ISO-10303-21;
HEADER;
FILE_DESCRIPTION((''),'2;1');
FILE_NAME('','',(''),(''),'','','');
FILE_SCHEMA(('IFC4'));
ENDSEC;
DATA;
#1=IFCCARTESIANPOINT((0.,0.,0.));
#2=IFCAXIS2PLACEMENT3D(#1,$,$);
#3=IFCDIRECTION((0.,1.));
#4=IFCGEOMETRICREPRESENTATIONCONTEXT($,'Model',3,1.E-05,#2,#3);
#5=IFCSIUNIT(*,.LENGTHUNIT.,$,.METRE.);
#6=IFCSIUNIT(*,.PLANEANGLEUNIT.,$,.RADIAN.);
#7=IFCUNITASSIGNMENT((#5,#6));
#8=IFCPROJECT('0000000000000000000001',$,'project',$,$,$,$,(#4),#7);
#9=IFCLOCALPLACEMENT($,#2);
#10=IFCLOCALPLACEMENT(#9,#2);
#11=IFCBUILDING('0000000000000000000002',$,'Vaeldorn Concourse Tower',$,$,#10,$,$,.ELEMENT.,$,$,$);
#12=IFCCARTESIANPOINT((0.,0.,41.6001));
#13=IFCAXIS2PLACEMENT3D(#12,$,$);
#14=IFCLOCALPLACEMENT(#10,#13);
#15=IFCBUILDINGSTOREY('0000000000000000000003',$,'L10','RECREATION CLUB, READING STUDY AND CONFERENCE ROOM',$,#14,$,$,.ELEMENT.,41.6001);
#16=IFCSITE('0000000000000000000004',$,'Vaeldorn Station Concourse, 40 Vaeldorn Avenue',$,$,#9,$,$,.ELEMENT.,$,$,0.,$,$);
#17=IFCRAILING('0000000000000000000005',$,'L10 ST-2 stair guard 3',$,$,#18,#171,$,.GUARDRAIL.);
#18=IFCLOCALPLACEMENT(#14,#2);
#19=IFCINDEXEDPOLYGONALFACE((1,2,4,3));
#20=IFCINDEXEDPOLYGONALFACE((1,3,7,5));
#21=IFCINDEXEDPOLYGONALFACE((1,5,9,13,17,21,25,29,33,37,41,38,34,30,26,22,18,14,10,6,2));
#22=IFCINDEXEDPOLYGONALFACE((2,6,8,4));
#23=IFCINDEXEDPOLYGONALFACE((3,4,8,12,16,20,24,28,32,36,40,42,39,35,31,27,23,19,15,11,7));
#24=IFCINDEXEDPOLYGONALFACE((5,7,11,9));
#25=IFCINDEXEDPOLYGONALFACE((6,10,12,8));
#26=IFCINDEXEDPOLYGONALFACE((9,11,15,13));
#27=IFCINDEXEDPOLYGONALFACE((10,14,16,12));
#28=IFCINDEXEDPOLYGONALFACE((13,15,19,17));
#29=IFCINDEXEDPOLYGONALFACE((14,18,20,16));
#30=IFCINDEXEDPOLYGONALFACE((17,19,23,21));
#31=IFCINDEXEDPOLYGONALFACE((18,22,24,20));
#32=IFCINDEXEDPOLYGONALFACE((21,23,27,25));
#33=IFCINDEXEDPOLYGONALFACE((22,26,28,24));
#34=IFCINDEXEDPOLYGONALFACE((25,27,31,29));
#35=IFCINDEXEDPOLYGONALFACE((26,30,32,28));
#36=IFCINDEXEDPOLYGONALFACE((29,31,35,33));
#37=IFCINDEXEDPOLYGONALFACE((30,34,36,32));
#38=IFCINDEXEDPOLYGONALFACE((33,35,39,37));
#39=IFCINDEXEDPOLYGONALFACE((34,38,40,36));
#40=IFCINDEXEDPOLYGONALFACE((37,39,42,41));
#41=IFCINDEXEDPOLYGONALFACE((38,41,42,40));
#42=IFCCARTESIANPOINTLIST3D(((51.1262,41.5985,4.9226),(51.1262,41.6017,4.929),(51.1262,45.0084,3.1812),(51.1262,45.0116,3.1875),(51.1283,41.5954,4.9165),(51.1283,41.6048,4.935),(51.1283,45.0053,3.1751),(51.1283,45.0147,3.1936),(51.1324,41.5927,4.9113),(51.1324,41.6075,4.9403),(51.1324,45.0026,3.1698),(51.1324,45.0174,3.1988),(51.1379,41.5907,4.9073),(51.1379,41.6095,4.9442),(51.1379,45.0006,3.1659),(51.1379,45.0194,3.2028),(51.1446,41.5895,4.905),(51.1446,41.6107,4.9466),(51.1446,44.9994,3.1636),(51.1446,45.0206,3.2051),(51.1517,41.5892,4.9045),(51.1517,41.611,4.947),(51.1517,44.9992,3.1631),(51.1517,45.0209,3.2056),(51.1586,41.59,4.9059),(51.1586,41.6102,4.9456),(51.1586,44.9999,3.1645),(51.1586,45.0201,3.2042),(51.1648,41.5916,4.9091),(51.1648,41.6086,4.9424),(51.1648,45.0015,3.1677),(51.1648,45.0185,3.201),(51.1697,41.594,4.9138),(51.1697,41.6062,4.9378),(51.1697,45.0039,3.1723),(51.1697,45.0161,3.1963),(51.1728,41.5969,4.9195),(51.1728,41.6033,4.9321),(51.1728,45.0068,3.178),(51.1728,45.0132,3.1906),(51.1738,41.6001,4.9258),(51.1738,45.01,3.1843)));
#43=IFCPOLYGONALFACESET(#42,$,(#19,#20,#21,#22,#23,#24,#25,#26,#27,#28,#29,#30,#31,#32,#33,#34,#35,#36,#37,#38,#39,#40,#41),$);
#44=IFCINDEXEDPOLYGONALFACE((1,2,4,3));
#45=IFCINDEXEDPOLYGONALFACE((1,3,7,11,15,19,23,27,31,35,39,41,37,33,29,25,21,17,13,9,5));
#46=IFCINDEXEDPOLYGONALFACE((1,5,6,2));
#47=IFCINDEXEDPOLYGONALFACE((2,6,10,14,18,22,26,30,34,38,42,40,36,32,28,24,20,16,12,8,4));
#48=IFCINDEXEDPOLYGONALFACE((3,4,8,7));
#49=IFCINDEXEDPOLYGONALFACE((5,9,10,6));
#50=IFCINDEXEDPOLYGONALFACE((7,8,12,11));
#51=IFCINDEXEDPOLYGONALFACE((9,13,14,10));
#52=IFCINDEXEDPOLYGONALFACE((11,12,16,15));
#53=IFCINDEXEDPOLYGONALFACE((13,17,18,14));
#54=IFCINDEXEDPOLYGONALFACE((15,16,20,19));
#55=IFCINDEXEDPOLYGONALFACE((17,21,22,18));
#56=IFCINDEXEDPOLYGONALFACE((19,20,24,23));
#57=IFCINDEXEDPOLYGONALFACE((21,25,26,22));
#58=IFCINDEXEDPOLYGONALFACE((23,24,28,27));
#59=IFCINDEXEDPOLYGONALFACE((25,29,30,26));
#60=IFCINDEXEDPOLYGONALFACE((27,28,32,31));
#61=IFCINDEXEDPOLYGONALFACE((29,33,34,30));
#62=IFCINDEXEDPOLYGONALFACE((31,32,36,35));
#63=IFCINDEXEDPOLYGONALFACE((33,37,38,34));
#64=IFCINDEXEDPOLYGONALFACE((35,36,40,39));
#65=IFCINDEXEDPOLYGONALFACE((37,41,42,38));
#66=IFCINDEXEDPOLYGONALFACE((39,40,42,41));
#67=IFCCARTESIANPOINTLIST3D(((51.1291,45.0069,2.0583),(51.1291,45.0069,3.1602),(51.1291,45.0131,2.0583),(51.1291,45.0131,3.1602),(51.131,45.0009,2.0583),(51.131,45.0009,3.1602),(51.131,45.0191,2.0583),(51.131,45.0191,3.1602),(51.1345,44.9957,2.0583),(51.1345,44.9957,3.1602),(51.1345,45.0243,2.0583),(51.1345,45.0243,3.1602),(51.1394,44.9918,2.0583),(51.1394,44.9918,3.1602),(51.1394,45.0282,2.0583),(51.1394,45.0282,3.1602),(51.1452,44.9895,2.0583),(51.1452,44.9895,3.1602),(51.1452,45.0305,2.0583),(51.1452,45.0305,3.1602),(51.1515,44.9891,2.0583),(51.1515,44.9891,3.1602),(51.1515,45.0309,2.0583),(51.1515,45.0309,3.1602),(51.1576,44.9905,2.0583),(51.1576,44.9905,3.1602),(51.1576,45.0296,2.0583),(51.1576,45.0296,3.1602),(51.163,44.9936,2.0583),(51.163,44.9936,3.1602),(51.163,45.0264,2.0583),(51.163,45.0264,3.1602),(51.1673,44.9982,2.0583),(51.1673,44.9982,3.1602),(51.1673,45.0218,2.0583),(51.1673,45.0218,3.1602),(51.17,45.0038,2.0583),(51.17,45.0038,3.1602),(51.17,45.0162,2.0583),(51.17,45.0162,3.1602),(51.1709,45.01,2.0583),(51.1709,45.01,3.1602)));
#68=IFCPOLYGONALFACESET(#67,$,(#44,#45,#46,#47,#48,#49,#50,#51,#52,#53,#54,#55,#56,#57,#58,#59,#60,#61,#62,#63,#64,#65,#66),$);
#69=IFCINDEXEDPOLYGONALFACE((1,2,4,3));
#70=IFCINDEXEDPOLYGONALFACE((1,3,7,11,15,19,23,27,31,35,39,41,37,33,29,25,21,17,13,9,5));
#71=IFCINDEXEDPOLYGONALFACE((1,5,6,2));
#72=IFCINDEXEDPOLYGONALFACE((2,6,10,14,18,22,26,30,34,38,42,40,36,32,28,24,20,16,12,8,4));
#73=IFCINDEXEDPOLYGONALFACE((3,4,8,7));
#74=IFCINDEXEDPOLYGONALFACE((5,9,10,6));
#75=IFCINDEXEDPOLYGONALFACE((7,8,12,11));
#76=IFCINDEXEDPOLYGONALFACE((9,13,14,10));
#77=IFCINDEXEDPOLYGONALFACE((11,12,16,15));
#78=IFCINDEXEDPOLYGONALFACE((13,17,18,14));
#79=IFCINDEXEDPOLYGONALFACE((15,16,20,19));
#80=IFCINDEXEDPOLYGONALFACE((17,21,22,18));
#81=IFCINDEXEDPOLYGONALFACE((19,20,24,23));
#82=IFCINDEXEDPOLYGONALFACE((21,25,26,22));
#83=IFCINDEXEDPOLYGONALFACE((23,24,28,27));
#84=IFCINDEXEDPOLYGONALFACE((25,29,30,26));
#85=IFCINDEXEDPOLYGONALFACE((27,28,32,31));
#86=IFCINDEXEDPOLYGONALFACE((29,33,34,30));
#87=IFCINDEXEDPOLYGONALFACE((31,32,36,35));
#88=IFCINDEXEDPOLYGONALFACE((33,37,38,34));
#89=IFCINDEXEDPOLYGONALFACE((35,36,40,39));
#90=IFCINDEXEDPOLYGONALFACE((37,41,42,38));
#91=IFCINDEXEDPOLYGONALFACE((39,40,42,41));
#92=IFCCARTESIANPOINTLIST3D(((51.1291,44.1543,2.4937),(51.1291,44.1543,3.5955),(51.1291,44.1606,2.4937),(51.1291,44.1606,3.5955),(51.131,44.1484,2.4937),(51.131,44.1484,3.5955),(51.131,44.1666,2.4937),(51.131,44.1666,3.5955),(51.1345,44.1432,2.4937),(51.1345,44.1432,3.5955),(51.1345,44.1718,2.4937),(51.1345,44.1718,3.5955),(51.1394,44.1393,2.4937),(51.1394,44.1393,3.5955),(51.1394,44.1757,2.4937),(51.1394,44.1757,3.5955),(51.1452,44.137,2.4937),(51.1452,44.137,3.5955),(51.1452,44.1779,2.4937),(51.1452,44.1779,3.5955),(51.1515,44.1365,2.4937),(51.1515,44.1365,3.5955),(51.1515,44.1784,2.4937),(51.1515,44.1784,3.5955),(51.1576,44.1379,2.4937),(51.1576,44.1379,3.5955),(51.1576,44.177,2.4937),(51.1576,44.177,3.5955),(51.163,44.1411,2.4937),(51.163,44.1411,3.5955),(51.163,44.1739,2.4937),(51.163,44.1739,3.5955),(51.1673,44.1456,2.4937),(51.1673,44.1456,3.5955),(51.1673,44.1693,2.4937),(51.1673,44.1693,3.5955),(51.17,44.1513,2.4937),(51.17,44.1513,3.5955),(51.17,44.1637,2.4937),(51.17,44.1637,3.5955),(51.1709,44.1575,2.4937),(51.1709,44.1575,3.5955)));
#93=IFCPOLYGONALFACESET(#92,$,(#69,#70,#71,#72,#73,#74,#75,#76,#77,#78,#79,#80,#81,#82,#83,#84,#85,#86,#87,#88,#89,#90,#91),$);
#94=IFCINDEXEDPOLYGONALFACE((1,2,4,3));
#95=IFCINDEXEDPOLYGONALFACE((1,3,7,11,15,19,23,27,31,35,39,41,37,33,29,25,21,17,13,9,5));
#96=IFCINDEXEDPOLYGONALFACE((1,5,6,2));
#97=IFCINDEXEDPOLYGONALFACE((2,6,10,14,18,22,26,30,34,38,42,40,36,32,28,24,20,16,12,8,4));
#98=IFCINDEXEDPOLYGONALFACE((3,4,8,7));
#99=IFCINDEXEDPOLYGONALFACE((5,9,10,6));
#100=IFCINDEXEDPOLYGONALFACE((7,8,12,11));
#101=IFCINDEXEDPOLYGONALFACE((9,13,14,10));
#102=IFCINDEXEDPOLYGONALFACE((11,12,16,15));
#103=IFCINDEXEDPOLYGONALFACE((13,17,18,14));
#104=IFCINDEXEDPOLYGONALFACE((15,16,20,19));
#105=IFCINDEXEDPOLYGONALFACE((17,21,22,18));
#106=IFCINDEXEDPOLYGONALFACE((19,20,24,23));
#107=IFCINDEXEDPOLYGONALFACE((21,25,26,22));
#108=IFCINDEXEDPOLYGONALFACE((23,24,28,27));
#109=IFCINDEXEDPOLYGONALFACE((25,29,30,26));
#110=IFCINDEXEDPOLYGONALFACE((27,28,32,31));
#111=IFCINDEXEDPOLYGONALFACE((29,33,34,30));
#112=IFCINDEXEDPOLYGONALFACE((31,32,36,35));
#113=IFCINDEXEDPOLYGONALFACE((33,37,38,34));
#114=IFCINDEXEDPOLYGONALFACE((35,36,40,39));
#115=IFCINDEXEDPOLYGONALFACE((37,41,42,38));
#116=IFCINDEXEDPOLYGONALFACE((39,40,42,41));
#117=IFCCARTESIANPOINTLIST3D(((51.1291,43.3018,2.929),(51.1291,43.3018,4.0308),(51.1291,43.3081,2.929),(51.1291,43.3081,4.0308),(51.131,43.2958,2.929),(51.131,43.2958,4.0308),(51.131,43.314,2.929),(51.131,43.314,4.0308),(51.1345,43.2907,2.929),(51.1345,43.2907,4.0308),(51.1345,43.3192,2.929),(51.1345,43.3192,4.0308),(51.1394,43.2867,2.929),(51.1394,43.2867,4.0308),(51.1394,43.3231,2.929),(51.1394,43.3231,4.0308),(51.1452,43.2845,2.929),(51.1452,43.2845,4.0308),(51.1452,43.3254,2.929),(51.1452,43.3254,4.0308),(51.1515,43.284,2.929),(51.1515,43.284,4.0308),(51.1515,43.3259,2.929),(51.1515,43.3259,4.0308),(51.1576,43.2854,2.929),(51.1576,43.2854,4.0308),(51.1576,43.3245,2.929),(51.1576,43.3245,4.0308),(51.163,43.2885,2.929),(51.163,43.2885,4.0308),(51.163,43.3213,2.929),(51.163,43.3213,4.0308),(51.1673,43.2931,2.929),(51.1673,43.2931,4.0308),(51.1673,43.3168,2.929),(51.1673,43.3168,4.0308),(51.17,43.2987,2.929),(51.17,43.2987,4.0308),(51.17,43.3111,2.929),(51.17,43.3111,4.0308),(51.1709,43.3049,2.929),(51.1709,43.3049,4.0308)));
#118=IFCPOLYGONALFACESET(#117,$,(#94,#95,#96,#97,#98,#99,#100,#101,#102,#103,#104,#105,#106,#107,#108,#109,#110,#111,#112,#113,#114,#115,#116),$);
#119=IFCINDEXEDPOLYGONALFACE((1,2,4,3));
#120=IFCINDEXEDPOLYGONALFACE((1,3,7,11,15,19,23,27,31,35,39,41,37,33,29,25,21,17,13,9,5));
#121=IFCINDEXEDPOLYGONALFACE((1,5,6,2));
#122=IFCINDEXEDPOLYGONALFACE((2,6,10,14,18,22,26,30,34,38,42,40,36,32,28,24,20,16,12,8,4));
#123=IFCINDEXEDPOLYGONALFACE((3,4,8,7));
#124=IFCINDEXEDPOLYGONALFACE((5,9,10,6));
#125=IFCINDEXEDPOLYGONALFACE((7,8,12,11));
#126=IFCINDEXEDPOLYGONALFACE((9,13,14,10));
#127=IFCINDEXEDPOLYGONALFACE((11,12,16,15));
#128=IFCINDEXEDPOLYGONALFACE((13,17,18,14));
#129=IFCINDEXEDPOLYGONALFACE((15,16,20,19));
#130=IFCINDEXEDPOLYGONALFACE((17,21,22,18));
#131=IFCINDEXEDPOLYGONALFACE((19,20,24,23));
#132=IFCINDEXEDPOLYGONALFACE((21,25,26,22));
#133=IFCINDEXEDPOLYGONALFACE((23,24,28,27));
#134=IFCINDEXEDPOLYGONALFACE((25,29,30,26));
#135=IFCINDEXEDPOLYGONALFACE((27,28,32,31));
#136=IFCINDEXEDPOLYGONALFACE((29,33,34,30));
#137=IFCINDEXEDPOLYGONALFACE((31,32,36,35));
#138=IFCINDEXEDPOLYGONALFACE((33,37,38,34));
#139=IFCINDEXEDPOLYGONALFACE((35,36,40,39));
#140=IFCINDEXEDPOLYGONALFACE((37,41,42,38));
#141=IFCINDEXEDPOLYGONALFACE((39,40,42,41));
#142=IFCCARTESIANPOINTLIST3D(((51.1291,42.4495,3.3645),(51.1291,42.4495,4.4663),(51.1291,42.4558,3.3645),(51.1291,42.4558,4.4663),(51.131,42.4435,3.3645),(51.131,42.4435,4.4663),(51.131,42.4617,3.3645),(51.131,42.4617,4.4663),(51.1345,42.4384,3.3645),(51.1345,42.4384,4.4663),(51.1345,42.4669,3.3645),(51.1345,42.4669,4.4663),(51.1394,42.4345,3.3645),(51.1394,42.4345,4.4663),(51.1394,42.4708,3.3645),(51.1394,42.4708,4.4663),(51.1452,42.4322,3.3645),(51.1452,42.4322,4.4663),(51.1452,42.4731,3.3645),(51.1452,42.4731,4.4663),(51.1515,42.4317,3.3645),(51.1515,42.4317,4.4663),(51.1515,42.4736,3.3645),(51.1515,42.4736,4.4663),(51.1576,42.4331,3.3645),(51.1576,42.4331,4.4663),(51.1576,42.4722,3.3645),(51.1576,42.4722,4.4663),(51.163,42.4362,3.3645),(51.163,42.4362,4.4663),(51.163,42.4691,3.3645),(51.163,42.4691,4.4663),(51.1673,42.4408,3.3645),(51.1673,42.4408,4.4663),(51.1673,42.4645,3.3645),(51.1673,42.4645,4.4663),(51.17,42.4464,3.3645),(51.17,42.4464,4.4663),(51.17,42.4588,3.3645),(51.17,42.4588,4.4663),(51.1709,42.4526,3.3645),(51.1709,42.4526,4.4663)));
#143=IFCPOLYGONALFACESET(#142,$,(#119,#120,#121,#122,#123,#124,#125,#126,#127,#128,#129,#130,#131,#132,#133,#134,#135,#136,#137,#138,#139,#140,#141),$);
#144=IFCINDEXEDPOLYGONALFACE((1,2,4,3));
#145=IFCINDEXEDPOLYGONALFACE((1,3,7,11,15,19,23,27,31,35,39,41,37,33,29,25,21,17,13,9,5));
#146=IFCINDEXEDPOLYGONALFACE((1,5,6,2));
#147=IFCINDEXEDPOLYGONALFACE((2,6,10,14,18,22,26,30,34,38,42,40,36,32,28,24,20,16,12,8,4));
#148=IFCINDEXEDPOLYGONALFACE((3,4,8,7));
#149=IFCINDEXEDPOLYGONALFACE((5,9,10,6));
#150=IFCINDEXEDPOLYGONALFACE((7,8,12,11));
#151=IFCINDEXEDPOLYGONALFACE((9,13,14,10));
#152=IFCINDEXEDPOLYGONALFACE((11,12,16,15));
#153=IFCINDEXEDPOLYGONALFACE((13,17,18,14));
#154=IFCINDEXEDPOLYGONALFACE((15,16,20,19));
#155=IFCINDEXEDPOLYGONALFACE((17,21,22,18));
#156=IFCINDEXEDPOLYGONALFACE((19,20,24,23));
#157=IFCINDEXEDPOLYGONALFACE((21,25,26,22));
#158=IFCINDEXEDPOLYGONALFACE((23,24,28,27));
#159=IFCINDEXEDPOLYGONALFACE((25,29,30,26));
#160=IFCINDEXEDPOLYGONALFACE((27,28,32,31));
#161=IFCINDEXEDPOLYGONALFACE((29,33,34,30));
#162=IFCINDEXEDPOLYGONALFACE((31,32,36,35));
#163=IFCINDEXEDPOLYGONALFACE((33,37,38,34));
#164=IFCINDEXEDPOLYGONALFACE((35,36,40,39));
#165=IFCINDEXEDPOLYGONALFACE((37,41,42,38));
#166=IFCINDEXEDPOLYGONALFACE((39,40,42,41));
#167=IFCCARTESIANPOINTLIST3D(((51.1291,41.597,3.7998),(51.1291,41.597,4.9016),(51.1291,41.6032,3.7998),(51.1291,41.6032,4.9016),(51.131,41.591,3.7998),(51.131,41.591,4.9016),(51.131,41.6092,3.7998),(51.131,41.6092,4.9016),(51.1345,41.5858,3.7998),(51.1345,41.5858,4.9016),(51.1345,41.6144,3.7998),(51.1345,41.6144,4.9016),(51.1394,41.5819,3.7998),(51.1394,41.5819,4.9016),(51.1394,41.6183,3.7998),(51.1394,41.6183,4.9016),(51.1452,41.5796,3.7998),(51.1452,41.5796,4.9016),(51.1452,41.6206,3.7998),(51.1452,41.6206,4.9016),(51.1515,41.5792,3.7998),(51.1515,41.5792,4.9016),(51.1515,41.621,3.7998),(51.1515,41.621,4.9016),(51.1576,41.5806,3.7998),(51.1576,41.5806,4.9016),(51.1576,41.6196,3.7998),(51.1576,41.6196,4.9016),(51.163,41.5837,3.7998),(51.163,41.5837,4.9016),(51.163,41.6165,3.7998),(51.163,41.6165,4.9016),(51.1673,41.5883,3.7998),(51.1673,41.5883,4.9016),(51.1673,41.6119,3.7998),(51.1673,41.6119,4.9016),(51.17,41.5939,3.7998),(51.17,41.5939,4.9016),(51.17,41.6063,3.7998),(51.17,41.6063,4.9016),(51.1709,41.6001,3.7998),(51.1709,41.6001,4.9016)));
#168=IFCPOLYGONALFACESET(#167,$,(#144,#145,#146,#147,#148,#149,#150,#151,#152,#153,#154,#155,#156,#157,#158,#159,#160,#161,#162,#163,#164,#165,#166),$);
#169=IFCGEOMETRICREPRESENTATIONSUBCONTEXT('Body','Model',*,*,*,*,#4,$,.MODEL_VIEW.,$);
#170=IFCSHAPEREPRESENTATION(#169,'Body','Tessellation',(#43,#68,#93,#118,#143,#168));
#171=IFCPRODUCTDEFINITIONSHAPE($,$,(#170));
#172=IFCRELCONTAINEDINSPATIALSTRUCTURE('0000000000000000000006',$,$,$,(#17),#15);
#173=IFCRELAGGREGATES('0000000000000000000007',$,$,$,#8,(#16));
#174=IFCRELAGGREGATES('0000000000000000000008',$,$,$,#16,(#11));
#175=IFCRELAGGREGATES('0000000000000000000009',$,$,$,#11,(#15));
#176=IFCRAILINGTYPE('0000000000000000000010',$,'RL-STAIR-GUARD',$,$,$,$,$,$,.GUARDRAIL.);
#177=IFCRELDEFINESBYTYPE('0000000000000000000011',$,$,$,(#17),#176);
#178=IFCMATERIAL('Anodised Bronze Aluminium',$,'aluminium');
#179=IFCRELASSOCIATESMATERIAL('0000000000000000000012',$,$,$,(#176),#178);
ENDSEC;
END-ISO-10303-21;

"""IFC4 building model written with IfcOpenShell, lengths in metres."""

from ifc_helpers import new_model, si_unit, direction, frame, origin, origin_2d, place, context, subcontext, project, spatial, circle, extrude, material, type_object, element, save


model = new_model("IFC4")

# Units and contexts
model_context = context("Model", 3, precision=1e-05, world=origin(), true_north=direction((0.0, 1.0)))
body_context = subcontext(model_context, "Body", "Model", "MODEL_VIEW")
ifc_project = project(units=[si_unit("LENGTHUNIT", "METRE"), si_unit("PLANEANGLEUNIT", "RADIAN")], contexts=[model_context])

# Site, building, storey
site_placement = place(None, origin())
site = spatial("IfcSite", under=ifc_project, at=site_placement, Name="Vaeldorn Station Concourse, 40 Vaeldorn Avenue", CompositionType="ELEMENT", RefElevation=0.0)
building_placement = place(site_placement, origin())
building = spatial("IfcBuilding", under=site, at=building_placement, Name="Vaeldorn Concourse Tower", CompositionType="ELEMENT")
storey_placement = place(building_placement, frame((0.0, 0.0, 41.6001)))
storey = spatial("IfcBuildingStorey", under=building, at=storey_placement, Name="L10", Description="RECREATION CLUB, READING STUDY AND CONFERENCE ROOM", CompositionType="ELEMENT", Elevation=41.6001)

# Shared definitions
ifc_material_1 = material(Name="Anodised Bronze Aluminium", Category="aluminium")

# Railing
railing_type_1 = type_object("IfcRailingType", Name="RL-STAIR-GUARD", PredefinedType="GUARDRAIL", material=ifc_material_1)
railing_1_placement = place(storey_placement, frame((51.1499, 45.01, 2.0583)))
element("IfcRailing", 1, at=railing_1_placement, inside=storey, type_object=railing_type_1, Name="L10 ST-2 stair guard 3", PredefinedType="GUARDRAIL", context=body_context, shape_type="SweptSolid", body=[
    extrude(circle(Radius=0.0239, at=origin_2d()), frame((0.0, 0.0, 1.126), z_axis=(0.0, -0.890582, 0.454823), x_axis=(1.0, 0.0, 0.0)), (0.0, 0.0, 1.0), 3.8289),
    extrude(circle(Radius=0.021, at=origin_2d()), origin(), (0.0, 0.0, 1.0), 1.1018),
    extrude(circle(Radius=0.021, at=origin_2d()), frame((0.0, -0.8525, 0.4353)), (0.0, 0.0, 1.0), 1.1018),
    extrude(circle(Radius=0.021, at=origin_2d()), frame((0.0, -1.7051, 0.8706)), (0.0, 0.0, 1.0), 1.1018),
    extrude(circle(Radius=0.021, at=origin_2d()), frame((0.0, -2.5574, 1.3062)), (0.0, 0.0, 1.0), 1.1018),
    extrude(circle(Radius=0.021, at=origin_2d()), frame((0.0, -3.4099, 1.7415)), (0.0, 0.0, 1.0), 1.1018),
])

save(model, "model.ifc")
